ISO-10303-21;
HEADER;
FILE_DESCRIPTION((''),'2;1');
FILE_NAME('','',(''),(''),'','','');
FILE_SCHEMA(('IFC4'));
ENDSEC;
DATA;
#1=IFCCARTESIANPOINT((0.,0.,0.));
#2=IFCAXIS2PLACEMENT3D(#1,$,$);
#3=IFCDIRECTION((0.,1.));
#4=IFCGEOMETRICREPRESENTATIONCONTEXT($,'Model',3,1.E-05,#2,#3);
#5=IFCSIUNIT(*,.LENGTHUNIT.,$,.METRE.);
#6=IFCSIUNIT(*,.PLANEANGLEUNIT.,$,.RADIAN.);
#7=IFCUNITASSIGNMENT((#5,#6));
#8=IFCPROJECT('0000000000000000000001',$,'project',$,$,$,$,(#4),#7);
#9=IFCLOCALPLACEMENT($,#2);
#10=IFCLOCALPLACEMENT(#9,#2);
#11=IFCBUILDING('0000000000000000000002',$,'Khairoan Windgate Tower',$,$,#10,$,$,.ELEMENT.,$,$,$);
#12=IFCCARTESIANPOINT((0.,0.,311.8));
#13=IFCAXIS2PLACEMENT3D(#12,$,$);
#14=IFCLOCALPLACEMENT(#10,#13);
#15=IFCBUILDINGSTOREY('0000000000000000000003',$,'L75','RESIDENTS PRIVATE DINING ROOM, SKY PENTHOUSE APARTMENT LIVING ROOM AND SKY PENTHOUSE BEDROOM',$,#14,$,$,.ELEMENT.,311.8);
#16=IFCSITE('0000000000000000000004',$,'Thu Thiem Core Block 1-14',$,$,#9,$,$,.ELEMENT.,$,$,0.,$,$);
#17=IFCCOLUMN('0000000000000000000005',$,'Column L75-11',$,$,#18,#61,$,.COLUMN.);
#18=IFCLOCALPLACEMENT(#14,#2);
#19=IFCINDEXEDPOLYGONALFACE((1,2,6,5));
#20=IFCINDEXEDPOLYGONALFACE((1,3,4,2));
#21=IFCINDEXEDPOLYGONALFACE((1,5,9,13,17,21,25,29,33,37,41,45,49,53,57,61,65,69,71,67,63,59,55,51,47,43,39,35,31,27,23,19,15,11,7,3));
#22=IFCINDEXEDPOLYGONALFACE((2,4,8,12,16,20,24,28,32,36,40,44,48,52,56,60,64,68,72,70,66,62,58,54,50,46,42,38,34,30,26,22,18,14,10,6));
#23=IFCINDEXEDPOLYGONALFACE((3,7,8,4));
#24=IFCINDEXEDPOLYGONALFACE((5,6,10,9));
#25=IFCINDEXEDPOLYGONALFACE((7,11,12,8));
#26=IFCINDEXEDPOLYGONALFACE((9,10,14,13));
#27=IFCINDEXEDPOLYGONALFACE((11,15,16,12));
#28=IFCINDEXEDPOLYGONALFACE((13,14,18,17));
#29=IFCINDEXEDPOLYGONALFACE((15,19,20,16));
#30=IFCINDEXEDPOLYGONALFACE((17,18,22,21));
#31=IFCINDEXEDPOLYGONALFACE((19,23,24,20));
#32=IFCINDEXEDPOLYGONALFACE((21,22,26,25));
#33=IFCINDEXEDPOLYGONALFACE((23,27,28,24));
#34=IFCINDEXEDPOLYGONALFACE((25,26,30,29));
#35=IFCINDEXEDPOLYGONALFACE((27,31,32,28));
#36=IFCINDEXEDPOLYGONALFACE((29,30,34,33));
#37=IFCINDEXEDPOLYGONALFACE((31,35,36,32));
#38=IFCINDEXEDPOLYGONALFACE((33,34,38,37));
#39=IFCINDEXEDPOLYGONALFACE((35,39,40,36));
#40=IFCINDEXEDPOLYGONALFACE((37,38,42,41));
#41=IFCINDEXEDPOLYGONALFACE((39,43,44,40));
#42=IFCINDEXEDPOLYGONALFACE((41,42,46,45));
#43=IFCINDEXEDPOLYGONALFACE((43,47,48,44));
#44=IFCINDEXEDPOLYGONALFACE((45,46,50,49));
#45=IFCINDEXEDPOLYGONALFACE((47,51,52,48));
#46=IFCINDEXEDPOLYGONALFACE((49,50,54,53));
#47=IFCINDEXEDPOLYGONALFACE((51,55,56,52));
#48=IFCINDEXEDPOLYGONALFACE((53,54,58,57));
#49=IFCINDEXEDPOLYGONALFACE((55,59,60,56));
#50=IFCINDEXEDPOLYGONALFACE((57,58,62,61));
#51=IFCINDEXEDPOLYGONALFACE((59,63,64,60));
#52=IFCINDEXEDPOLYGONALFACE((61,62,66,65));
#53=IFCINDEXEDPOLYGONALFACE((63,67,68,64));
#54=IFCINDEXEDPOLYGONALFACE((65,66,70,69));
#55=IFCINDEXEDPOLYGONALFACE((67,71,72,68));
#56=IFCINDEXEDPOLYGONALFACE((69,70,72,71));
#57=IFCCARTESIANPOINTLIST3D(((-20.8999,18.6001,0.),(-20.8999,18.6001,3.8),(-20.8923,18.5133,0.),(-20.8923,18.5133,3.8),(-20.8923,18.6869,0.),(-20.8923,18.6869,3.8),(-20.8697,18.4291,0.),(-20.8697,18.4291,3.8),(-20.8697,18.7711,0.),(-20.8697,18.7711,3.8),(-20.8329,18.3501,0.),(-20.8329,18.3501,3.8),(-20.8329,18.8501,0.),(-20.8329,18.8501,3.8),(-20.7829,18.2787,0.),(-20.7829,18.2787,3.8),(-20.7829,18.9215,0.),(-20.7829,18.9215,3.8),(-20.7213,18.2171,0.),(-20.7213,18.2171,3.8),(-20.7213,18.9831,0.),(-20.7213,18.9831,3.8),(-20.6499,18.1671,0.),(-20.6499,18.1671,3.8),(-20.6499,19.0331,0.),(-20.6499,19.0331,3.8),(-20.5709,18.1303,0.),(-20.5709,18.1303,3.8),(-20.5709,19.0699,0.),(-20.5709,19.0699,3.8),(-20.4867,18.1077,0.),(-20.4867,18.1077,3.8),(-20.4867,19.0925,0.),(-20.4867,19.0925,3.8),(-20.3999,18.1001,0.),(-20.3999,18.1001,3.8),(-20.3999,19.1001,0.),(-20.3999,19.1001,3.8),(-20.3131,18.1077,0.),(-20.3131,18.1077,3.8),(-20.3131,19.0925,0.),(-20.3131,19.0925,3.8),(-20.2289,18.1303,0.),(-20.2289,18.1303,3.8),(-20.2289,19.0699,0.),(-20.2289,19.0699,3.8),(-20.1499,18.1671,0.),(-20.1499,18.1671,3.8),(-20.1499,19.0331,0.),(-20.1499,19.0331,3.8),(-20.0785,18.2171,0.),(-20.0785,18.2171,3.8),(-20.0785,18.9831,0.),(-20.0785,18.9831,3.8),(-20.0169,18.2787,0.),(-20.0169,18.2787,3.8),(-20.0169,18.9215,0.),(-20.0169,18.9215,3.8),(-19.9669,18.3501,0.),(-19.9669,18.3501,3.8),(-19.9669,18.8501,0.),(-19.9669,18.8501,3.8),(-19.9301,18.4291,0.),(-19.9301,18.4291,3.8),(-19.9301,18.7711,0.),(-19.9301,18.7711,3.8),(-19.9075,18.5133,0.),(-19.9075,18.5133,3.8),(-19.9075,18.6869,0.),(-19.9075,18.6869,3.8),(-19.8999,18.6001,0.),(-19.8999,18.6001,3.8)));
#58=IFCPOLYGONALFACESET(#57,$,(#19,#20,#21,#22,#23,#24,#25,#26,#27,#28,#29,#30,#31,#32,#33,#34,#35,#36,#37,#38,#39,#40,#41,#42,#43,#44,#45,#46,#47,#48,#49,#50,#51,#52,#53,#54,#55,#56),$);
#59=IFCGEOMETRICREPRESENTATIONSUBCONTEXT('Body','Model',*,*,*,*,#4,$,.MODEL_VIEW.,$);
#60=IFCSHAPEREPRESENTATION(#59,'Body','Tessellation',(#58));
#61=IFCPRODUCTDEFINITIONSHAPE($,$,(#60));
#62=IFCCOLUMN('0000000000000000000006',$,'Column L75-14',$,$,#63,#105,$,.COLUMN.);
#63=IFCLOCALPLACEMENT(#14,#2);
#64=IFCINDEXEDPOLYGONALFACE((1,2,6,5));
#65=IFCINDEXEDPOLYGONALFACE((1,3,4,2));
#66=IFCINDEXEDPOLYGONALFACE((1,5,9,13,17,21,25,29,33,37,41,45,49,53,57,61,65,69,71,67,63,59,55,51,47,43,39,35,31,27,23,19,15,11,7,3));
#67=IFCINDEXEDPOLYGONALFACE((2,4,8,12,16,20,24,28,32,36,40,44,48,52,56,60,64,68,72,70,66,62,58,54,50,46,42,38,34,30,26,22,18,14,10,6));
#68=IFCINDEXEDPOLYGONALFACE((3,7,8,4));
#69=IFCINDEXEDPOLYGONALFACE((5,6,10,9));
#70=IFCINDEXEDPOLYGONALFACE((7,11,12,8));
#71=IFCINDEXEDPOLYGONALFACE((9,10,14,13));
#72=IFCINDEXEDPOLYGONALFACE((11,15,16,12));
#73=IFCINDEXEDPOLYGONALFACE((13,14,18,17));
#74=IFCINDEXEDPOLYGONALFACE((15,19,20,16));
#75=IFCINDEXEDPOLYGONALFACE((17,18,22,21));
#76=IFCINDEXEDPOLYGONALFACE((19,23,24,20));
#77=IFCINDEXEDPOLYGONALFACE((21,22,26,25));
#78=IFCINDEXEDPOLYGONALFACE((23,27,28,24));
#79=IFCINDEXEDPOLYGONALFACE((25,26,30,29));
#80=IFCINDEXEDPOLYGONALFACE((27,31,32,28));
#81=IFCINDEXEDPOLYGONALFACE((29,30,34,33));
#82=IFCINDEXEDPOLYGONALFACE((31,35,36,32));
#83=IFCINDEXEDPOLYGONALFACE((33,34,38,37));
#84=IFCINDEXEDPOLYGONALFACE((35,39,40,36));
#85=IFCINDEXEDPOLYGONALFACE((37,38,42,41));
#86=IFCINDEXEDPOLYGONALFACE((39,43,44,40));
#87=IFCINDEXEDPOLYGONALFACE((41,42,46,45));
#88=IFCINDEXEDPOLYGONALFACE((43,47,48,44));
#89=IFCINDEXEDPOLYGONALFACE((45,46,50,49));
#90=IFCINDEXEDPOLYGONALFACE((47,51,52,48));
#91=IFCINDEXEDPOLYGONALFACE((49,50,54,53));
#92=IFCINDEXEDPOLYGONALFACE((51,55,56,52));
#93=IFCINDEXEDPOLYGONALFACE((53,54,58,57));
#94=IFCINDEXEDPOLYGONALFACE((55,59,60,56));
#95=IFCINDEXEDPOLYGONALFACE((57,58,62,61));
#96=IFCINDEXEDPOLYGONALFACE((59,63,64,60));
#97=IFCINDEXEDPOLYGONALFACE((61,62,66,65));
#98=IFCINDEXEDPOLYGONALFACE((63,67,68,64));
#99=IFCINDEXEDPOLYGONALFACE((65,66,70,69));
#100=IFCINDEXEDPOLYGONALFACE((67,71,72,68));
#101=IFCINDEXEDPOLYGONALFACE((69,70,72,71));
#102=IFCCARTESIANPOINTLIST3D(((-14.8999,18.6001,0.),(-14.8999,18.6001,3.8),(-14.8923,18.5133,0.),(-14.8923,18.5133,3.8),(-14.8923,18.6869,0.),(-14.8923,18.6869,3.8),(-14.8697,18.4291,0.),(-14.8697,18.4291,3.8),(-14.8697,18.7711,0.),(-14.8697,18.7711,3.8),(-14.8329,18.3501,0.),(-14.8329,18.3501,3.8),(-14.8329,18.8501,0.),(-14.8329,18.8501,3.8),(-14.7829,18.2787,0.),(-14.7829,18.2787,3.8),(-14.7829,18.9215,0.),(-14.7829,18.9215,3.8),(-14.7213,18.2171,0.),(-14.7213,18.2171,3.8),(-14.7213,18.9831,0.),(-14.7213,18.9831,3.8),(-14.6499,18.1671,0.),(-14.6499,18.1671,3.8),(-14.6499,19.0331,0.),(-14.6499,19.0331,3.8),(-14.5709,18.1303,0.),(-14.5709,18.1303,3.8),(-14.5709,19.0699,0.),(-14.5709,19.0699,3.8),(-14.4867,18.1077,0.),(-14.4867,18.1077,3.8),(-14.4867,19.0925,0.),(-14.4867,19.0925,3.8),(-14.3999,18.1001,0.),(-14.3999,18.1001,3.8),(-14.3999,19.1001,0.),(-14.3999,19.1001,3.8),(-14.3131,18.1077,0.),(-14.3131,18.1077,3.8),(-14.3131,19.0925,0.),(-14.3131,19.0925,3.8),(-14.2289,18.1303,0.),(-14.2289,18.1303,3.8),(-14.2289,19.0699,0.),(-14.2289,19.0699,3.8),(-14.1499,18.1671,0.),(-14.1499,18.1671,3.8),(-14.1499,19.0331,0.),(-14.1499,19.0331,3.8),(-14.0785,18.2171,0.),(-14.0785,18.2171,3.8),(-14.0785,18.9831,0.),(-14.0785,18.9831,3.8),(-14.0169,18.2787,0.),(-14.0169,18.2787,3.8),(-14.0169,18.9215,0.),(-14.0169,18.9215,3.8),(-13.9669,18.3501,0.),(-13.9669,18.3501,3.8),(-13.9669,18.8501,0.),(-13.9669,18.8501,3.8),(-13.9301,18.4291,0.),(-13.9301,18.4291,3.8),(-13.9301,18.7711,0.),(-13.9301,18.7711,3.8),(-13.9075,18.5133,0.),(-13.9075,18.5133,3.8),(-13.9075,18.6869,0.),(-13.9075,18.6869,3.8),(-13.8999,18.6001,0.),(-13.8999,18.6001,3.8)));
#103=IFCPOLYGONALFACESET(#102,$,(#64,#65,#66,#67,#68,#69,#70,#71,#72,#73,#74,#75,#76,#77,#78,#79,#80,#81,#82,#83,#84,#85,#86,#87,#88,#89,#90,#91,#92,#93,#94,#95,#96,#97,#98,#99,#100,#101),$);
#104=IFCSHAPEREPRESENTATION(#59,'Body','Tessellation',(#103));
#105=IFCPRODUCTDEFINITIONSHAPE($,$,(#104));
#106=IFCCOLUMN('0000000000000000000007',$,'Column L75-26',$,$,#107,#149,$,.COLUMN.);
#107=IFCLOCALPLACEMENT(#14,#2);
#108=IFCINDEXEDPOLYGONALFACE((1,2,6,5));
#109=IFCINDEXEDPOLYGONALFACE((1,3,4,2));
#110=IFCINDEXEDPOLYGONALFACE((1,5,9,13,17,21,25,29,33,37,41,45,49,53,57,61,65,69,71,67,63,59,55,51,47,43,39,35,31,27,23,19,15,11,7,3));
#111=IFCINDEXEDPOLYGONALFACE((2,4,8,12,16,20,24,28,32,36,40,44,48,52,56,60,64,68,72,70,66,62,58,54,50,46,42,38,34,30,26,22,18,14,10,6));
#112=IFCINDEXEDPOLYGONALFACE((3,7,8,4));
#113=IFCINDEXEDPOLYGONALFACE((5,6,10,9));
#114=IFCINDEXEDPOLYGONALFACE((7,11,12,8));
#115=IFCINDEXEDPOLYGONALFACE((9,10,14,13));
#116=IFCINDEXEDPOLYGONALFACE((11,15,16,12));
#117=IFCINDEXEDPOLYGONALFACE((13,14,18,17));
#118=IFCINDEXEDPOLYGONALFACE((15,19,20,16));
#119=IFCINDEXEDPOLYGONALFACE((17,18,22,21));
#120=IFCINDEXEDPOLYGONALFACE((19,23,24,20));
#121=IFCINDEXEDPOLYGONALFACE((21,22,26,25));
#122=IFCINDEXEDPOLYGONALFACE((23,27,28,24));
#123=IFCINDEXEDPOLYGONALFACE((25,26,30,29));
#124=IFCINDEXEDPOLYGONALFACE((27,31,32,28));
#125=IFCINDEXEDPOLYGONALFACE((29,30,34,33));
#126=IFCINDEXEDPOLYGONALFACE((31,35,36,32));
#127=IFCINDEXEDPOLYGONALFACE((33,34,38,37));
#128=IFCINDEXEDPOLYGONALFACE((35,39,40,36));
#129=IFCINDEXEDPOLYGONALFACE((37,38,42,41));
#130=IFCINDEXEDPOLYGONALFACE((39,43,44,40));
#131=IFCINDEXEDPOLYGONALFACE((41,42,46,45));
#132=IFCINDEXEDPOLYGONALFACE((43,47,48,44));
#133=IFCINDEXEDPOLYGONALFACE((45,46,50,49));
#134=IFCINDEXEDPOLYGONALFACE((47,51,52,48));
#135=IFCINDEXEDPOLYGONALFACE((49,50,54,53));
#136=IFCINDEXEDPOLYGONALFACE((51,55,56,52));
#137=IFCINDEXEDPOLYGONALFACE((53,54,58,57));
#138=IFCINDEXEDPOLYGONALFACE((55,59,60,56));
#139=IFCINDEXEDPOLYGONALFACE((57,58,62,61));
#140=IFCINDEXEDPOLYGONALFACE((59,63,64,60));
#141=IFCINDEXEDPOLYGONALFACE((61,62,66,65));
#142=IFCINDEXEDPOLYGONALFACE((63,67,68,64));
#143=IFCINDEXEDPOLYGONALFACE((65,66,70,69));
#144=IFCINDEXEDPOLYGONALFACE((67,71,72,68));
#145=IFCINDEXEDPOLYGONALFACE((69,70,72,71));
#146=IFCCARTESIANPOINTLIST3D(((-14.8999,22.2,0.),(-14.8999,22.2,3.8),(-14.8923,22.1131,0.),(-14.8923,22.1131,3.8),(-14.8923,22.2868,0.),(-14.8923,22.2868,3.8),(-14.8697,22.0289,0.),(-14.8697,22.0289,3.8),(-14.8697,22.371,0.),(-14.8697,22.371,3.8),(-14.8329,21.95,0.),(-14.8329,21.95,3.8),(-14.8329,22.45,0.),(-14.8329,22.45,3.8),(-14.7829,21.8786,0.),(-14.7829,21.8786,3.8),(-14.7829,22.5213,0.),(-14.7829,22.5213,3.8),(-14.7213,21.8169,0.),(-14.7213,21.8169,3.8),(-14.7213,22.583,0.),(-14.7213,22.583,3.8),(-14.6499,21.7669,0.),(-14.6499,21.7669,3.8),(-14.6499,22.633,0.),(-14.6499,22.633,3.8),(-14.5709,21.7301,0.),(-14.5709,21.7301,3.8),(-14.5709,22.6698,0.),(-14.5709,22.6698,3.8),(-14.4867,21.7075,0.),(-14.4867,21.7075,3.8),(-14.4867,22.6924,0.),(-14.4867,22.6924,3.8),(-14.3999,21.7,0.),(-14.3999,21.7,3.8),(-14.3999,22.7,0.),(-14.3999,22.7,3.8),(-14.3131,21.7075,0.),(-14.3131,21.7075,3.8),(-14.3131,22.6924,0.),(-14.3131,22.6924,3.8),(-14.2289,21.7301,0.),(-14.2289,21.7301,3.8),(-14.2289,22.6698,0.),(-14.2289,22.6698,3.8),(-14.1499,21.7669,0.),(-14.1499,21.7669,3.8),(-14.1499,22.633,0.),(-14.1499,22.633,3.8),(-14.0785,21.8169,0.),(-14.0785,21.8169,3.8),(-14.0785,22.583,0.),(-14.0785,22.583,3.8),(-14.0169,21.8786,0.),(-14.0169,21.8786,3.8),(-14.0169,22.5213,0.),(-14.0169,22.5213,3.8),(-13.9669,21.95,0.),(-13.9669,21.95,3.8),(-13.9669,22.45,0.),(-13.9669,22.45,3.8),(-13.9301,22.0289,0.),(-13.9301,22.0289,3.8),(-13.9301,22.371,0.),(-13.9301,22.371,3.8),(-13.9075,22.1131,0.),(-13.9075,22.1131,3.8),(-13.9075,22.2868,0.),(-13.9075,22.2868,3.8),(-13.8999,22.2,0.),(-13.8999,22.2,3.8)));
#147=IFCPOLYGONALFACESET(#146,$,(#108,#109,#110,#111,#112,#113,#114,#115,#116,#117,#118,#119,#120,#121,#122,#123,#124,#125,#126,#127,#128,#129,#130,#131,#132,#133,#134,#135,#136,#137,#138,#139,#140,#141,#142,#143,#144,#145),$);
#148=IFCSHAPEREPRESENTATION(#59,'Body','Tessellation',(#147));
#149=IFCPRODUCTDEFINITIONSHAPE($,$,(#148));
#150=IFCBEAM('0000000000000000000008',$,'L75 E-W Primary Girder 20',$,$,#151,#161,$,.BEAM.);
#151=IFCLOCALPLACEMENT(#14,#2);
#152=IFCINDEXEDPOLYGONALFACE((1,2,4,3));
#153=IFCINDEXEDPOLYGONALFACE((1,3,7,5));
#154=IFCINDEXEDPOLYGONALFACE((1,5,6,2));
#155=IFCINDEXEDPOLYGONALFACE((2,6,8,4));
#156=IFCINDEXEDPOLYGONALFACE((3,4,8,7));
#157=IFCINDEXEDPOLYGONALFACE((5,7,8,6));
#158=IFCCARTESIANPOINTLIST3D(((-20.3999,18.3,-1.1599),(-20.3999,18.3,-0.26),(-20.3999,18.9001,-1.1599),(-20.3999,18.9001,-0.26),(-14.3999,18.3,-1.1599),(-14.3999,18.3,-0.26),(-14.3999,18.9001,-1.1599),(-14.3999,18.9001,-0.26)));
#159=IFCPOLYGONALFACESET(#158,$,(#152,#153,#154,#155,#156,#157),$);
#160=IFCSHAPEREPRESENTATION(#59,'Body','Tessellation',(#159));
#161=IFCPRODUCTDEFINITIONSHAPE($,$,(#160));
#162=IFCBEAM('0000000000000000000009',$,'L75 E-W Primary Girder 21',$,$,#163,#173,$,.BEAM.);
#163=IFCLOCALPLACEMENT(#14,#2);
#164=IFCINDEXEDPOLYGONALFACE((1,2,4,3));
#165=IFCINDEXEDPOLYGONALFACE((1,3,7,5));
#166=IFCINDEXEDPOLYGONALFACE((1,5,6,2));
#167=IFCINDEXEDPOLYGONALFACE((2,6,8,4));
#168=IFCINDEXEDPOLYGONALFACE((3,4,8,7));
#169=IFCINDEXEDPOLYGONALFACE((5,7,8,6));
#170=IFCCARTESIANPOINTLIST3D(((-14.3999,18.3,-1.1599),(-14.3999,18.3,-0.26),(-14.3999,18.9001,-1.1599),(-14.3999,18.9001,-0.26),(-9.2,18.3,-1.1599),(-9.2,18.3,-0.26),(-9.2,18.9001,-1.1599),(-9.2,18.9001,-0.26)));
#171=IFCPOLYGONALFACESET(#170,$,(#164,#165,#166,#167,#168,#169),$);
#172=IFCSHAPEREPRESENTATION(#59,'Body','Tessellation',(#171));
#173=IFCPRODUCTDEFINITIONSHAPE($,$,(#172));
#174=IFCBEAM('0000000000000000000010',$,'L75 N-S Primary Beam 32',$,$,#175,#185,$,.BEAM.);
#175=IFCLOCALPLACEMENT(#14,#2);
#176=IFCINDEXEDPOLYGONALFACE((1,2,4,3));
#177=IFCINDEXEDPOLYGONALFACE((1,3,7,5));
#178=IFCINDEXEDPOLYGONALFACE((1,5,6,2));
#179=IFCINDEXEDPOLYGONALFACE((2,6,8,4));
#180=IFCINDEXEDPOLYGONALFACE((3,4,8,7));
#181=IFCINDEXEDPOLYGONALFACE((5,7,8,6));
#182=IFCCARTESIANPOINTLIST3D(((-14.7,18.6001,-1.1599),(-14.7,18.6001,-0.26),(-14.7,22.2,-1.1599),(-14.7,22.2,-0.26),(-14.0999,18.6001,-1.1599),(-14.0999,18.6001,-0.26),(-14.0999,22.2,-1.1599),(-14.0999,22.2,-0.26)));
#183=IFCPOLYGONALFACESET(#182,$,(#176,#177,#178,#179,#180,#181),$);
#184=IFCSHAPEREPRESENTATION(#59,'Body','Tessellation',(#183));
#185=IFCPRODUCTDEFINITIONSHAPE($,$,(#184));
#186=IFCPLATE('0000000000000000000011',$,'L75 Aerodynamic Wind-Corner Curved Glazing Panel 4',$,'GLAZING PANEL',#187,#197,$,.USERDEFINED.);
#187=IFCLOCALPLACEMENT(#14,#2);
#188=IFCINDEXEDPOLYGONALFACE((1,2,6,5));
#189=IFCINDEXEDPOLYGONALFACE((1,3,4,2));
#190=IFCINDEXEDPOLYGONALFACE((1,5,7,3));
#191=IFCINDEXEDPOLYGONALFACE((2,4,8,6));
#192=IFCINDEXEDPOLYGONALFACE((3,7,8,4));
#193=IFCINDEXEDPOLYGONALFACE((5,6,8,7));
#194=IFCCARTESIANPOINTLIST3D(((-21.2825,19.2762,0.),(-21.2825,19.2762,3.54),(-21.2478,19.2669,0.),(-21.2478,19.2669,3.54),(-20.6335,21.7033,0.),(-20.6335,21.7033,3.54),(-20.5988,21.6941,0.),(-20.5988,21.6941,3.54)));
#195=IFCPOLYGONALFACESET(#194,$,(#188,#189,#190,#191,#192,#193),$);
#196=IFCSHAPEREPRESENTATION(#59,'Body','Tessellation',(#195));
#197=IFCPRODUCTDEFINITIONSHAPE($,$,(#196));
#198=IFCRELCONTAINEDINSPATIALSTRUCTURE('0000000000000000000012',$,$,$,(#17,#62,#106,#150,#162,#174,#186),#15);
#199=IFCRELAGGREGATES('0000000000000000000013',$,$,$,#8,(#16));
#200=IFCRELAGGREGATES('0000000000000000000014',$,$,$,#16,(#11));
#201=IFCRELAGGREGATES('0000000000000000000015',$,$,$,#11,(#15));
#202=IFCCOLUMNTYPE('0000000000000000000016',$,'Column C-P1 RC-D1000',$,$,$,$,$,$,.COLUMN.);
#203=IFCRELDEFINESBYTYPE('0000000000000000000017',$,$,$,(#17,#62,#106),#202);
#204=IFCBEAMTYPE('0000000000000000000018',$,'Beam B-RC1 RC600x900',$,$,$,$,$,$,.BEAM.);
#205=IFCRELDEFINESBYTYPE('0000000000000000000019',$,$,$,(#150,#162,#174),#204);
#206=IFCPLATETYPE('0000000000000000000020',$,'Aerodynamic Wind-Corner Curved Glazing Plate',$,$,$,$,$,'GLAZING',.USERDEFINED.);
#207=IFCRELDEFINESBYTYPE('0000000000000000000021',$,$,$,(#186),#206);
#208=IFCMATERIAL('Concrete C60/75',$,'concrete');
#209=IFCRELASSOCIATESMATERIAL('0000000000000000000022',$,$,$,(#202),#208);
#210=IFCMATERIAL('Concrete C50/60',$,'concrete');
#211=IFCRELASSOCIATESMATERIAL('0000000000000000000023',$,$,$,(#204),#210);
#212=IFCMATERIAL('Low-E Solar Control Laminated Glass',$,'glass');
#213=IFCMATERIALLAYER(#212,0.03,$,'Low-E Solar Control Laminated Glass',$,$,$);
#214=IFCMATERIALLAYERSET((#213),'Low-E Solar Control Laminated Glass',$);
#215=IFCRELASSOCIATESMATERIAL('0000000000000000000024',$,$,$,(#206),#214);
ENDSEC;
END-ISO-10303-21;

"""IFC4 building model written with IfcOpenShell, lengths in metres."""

from ifc_helpers import new_model, si_unit, direction, frame, origin, origin_2d, place, context, subcontext, project, spatial, rectangle, circle, extrude, material, layer, layer_set, material_profile, profile_set, type_object, element, save


model = new_model("IFC4")

# Units and contexts
model_context = context("Model", 3, precision=1e-05, world=origin(), true_north=direction((0.0, 1.0)))
body_context = subcontext(model_context, "Body", "Model", "MODEL_VIEW")
ifc_project = project(units=[si_unit("LENGTHUNIT", "METRE"), si_unit("PLANEANGLEUNIT", "RADIAN")], contexts=[model_context])

# Site, building, storey
site_placement = place(None, origin())
site = spatial("IfcSite", under=ifc_project, at=site_placement, Name="Thu Thiem Core Block 1-14", CompositionType="ELEMENT", RefElevation=0.0)
building_placement = place(site_placement, origin())
building = spatial("IfcBuilding", under=site, at=building_placement, Name="Khairoan Windgate Tower", CompositionType="ELEMENT")
storey_placement = place(building_placement, frame((0.0, 0.0, 311.8)))
storey = spatial("IfcBuildingStorey", under=building, at=storey_placement, Name="L75", Description="RESIDENTS PRIVATE DINING ROOM, SKY PENTHOUSE APARTMENT LIVING ROOM AND SKY PENTHOUSE BEDROOM", CompositionType="ELEMENT", Elevation=311.8)

# Columns
ifc_material_1 = material(Name="Concrete C60/75", Category="concrete")
ifc_material_profile_1 = material_profile(ifc_material_1, circle(Radius=0.5, at=origin_2d()))
ifc_profile_set_1 = profile_set([ifc_material_profile_1], Name="Concrete C60/75")
column_type = type_object("IfcColumnType", Name="Column C-P1 RC-D1000", PredefinedType="COLUMN", material=ifc_profile_set_1)
for number, where, z_axis, x_axis, name in (
    (1, (-20.3999, 18.6001, 0.0), (0.0, 0.0, 1.0), (1.0, 0.0, 0.0), "Column L75-11"),
    (2, (-14.3999, 18.6001, 0.0), (0.0, 0.0, 1.0), (1.0, 0.0, 0.0), "Column L75-14"),
    (3, (-14.3999, 22.2, 0.0), (0.0, 0.0, 1.0), (1.0, 0.0, 0.0), "Column L75-26"),
):
    element("IfcColumn", number, at=place(storey_placement, frame(where, z_axis=z_axis, x_axis=x_axis)), inside=storey, type_object=column_type, Name=name, PredefinedType="COLUMN", context=body_context, shape_type="SweptSolid", body=[
        extrude(circle(Radius=0.5, at=origin_2d()), origin(), (0.0, 0.0, 1.0), 3.8),
    ])

# Beams
ifc_material_2 = material(Name="Concrete C50/60", Category="concrete")
ifc_material_profile_2 = material_profile(ifc_material_2, rectangle(XDim=0.6001, YDim=0.8999, at=origin_2d()))
ifc_profile_set_2 = profile_set([ifc_material_profile_2], Name="Concrete C50/60")
beam_type = type_object("IfcBeamType", Name="Beam B-RC1 RC600x900", PredefinedType="BEAM", material=ifc_profile_set_2)
beam_1_placement = place(storey_placement, frame((-20.3999, 18.6001, -0.71), z_axis=(1.0, 0.0, 0.0), x_axis=(0.0, 1.0, 0.0)))
element("IfcBeam", 4, at=beam_1_placement, inside=storey, type_object=beam_type, Name="L75 E-W Primary Girder 20", PredefinedType="BEAM", context=body_context, shape_type="SweptSolid", body=[
    extrude(rectangle(XDim=0.6001, YDim=0.8999, at=origin_2d()), origin(), (0.0, 0.0, 1.0), 6.0),
])
beam_2_placement = place(storey_placement, frame((-14.3999, 18.6001, -0.71), z_axis=(1.0, 0.0, 0.0), x_axis=(0.0, 1.0, 0.0)))
element("IfcBeam", 5, at=beam_2_placement, inside=storey, type_object=beam_type, Name="L75 E-W Primary Girder 21", PredefinedType="BEAM", context=body_context, shape_type="SweptSolid", body=[
    extrude(rectangle(XDim=0.6001, YDim=0.8999, at=origin_2d()), origin(), (0.0, 0.0, 1.0), 5.2),
])
beam_3_placement = place(storey_placement, frame((-14.3999, 18.6001, -0.71), z_axis=(0.0, 1.0, 0.0), x_axis=(-1.0, 0.0, 0.0)))
element("IfcBeam", 6, at=beam_3_placement, inside=storey, type_object=beam_type, Name="L75 N-S Primary Beam 32", PredefinedType="BEAM", context=body_context, shape_type="SweptSolid", body=[
    extrude(rectangle(XDim=0.6001, YDim=0.8999, at=origin_2d()), origin(), (0.0, 0.0, 1.0), 3.5999),
])

# Plate
ifc_material_3 = material(Name="Low-E Solar Control Laminated Glass", Category="glass")
ifc_layer_1 = layer(ifc_material_3, 0.03, Name="Low-E Solar Control Laminated Glass")
ifc_layer_set_1 = layer_set([ifc_layer_1], Name="Low-E Solar Control Laminated Glass")
plate_type_1 = type_object("IfcPlateType", Name="Aerodynamic Wind-Corner Curved Glazing Plate", ElementType="GLAZING", PredefinedType="USERDEFINED", material=ifc_layer_set_1)
plate_1_placement = place(storey_placement, frame((-20.9407, 20.4851, 0.0), z_axis=(0.0, 0.0, 1.0), x_axis=(0.258313, 0.966061, 0.0)))
element("IfcPlate", 7, at=plate_1_placement, inside=storey, type_object=plate_type_1, Name="L75 Aerodynamic Wind-Corner Curved Glazing Panel 4", ObjectType="GLAZING PANEL", PredefinedType="USERDEFINED", context=body_context, shape_type="SweptSolid", body=[
    extrude(rectangle(XDim=2.5125, YDim=0.0359, at=origin_2d()), origin(), (0.0, 0.0, 1.0), 3.54),
])

save(model, "model.ifc")
